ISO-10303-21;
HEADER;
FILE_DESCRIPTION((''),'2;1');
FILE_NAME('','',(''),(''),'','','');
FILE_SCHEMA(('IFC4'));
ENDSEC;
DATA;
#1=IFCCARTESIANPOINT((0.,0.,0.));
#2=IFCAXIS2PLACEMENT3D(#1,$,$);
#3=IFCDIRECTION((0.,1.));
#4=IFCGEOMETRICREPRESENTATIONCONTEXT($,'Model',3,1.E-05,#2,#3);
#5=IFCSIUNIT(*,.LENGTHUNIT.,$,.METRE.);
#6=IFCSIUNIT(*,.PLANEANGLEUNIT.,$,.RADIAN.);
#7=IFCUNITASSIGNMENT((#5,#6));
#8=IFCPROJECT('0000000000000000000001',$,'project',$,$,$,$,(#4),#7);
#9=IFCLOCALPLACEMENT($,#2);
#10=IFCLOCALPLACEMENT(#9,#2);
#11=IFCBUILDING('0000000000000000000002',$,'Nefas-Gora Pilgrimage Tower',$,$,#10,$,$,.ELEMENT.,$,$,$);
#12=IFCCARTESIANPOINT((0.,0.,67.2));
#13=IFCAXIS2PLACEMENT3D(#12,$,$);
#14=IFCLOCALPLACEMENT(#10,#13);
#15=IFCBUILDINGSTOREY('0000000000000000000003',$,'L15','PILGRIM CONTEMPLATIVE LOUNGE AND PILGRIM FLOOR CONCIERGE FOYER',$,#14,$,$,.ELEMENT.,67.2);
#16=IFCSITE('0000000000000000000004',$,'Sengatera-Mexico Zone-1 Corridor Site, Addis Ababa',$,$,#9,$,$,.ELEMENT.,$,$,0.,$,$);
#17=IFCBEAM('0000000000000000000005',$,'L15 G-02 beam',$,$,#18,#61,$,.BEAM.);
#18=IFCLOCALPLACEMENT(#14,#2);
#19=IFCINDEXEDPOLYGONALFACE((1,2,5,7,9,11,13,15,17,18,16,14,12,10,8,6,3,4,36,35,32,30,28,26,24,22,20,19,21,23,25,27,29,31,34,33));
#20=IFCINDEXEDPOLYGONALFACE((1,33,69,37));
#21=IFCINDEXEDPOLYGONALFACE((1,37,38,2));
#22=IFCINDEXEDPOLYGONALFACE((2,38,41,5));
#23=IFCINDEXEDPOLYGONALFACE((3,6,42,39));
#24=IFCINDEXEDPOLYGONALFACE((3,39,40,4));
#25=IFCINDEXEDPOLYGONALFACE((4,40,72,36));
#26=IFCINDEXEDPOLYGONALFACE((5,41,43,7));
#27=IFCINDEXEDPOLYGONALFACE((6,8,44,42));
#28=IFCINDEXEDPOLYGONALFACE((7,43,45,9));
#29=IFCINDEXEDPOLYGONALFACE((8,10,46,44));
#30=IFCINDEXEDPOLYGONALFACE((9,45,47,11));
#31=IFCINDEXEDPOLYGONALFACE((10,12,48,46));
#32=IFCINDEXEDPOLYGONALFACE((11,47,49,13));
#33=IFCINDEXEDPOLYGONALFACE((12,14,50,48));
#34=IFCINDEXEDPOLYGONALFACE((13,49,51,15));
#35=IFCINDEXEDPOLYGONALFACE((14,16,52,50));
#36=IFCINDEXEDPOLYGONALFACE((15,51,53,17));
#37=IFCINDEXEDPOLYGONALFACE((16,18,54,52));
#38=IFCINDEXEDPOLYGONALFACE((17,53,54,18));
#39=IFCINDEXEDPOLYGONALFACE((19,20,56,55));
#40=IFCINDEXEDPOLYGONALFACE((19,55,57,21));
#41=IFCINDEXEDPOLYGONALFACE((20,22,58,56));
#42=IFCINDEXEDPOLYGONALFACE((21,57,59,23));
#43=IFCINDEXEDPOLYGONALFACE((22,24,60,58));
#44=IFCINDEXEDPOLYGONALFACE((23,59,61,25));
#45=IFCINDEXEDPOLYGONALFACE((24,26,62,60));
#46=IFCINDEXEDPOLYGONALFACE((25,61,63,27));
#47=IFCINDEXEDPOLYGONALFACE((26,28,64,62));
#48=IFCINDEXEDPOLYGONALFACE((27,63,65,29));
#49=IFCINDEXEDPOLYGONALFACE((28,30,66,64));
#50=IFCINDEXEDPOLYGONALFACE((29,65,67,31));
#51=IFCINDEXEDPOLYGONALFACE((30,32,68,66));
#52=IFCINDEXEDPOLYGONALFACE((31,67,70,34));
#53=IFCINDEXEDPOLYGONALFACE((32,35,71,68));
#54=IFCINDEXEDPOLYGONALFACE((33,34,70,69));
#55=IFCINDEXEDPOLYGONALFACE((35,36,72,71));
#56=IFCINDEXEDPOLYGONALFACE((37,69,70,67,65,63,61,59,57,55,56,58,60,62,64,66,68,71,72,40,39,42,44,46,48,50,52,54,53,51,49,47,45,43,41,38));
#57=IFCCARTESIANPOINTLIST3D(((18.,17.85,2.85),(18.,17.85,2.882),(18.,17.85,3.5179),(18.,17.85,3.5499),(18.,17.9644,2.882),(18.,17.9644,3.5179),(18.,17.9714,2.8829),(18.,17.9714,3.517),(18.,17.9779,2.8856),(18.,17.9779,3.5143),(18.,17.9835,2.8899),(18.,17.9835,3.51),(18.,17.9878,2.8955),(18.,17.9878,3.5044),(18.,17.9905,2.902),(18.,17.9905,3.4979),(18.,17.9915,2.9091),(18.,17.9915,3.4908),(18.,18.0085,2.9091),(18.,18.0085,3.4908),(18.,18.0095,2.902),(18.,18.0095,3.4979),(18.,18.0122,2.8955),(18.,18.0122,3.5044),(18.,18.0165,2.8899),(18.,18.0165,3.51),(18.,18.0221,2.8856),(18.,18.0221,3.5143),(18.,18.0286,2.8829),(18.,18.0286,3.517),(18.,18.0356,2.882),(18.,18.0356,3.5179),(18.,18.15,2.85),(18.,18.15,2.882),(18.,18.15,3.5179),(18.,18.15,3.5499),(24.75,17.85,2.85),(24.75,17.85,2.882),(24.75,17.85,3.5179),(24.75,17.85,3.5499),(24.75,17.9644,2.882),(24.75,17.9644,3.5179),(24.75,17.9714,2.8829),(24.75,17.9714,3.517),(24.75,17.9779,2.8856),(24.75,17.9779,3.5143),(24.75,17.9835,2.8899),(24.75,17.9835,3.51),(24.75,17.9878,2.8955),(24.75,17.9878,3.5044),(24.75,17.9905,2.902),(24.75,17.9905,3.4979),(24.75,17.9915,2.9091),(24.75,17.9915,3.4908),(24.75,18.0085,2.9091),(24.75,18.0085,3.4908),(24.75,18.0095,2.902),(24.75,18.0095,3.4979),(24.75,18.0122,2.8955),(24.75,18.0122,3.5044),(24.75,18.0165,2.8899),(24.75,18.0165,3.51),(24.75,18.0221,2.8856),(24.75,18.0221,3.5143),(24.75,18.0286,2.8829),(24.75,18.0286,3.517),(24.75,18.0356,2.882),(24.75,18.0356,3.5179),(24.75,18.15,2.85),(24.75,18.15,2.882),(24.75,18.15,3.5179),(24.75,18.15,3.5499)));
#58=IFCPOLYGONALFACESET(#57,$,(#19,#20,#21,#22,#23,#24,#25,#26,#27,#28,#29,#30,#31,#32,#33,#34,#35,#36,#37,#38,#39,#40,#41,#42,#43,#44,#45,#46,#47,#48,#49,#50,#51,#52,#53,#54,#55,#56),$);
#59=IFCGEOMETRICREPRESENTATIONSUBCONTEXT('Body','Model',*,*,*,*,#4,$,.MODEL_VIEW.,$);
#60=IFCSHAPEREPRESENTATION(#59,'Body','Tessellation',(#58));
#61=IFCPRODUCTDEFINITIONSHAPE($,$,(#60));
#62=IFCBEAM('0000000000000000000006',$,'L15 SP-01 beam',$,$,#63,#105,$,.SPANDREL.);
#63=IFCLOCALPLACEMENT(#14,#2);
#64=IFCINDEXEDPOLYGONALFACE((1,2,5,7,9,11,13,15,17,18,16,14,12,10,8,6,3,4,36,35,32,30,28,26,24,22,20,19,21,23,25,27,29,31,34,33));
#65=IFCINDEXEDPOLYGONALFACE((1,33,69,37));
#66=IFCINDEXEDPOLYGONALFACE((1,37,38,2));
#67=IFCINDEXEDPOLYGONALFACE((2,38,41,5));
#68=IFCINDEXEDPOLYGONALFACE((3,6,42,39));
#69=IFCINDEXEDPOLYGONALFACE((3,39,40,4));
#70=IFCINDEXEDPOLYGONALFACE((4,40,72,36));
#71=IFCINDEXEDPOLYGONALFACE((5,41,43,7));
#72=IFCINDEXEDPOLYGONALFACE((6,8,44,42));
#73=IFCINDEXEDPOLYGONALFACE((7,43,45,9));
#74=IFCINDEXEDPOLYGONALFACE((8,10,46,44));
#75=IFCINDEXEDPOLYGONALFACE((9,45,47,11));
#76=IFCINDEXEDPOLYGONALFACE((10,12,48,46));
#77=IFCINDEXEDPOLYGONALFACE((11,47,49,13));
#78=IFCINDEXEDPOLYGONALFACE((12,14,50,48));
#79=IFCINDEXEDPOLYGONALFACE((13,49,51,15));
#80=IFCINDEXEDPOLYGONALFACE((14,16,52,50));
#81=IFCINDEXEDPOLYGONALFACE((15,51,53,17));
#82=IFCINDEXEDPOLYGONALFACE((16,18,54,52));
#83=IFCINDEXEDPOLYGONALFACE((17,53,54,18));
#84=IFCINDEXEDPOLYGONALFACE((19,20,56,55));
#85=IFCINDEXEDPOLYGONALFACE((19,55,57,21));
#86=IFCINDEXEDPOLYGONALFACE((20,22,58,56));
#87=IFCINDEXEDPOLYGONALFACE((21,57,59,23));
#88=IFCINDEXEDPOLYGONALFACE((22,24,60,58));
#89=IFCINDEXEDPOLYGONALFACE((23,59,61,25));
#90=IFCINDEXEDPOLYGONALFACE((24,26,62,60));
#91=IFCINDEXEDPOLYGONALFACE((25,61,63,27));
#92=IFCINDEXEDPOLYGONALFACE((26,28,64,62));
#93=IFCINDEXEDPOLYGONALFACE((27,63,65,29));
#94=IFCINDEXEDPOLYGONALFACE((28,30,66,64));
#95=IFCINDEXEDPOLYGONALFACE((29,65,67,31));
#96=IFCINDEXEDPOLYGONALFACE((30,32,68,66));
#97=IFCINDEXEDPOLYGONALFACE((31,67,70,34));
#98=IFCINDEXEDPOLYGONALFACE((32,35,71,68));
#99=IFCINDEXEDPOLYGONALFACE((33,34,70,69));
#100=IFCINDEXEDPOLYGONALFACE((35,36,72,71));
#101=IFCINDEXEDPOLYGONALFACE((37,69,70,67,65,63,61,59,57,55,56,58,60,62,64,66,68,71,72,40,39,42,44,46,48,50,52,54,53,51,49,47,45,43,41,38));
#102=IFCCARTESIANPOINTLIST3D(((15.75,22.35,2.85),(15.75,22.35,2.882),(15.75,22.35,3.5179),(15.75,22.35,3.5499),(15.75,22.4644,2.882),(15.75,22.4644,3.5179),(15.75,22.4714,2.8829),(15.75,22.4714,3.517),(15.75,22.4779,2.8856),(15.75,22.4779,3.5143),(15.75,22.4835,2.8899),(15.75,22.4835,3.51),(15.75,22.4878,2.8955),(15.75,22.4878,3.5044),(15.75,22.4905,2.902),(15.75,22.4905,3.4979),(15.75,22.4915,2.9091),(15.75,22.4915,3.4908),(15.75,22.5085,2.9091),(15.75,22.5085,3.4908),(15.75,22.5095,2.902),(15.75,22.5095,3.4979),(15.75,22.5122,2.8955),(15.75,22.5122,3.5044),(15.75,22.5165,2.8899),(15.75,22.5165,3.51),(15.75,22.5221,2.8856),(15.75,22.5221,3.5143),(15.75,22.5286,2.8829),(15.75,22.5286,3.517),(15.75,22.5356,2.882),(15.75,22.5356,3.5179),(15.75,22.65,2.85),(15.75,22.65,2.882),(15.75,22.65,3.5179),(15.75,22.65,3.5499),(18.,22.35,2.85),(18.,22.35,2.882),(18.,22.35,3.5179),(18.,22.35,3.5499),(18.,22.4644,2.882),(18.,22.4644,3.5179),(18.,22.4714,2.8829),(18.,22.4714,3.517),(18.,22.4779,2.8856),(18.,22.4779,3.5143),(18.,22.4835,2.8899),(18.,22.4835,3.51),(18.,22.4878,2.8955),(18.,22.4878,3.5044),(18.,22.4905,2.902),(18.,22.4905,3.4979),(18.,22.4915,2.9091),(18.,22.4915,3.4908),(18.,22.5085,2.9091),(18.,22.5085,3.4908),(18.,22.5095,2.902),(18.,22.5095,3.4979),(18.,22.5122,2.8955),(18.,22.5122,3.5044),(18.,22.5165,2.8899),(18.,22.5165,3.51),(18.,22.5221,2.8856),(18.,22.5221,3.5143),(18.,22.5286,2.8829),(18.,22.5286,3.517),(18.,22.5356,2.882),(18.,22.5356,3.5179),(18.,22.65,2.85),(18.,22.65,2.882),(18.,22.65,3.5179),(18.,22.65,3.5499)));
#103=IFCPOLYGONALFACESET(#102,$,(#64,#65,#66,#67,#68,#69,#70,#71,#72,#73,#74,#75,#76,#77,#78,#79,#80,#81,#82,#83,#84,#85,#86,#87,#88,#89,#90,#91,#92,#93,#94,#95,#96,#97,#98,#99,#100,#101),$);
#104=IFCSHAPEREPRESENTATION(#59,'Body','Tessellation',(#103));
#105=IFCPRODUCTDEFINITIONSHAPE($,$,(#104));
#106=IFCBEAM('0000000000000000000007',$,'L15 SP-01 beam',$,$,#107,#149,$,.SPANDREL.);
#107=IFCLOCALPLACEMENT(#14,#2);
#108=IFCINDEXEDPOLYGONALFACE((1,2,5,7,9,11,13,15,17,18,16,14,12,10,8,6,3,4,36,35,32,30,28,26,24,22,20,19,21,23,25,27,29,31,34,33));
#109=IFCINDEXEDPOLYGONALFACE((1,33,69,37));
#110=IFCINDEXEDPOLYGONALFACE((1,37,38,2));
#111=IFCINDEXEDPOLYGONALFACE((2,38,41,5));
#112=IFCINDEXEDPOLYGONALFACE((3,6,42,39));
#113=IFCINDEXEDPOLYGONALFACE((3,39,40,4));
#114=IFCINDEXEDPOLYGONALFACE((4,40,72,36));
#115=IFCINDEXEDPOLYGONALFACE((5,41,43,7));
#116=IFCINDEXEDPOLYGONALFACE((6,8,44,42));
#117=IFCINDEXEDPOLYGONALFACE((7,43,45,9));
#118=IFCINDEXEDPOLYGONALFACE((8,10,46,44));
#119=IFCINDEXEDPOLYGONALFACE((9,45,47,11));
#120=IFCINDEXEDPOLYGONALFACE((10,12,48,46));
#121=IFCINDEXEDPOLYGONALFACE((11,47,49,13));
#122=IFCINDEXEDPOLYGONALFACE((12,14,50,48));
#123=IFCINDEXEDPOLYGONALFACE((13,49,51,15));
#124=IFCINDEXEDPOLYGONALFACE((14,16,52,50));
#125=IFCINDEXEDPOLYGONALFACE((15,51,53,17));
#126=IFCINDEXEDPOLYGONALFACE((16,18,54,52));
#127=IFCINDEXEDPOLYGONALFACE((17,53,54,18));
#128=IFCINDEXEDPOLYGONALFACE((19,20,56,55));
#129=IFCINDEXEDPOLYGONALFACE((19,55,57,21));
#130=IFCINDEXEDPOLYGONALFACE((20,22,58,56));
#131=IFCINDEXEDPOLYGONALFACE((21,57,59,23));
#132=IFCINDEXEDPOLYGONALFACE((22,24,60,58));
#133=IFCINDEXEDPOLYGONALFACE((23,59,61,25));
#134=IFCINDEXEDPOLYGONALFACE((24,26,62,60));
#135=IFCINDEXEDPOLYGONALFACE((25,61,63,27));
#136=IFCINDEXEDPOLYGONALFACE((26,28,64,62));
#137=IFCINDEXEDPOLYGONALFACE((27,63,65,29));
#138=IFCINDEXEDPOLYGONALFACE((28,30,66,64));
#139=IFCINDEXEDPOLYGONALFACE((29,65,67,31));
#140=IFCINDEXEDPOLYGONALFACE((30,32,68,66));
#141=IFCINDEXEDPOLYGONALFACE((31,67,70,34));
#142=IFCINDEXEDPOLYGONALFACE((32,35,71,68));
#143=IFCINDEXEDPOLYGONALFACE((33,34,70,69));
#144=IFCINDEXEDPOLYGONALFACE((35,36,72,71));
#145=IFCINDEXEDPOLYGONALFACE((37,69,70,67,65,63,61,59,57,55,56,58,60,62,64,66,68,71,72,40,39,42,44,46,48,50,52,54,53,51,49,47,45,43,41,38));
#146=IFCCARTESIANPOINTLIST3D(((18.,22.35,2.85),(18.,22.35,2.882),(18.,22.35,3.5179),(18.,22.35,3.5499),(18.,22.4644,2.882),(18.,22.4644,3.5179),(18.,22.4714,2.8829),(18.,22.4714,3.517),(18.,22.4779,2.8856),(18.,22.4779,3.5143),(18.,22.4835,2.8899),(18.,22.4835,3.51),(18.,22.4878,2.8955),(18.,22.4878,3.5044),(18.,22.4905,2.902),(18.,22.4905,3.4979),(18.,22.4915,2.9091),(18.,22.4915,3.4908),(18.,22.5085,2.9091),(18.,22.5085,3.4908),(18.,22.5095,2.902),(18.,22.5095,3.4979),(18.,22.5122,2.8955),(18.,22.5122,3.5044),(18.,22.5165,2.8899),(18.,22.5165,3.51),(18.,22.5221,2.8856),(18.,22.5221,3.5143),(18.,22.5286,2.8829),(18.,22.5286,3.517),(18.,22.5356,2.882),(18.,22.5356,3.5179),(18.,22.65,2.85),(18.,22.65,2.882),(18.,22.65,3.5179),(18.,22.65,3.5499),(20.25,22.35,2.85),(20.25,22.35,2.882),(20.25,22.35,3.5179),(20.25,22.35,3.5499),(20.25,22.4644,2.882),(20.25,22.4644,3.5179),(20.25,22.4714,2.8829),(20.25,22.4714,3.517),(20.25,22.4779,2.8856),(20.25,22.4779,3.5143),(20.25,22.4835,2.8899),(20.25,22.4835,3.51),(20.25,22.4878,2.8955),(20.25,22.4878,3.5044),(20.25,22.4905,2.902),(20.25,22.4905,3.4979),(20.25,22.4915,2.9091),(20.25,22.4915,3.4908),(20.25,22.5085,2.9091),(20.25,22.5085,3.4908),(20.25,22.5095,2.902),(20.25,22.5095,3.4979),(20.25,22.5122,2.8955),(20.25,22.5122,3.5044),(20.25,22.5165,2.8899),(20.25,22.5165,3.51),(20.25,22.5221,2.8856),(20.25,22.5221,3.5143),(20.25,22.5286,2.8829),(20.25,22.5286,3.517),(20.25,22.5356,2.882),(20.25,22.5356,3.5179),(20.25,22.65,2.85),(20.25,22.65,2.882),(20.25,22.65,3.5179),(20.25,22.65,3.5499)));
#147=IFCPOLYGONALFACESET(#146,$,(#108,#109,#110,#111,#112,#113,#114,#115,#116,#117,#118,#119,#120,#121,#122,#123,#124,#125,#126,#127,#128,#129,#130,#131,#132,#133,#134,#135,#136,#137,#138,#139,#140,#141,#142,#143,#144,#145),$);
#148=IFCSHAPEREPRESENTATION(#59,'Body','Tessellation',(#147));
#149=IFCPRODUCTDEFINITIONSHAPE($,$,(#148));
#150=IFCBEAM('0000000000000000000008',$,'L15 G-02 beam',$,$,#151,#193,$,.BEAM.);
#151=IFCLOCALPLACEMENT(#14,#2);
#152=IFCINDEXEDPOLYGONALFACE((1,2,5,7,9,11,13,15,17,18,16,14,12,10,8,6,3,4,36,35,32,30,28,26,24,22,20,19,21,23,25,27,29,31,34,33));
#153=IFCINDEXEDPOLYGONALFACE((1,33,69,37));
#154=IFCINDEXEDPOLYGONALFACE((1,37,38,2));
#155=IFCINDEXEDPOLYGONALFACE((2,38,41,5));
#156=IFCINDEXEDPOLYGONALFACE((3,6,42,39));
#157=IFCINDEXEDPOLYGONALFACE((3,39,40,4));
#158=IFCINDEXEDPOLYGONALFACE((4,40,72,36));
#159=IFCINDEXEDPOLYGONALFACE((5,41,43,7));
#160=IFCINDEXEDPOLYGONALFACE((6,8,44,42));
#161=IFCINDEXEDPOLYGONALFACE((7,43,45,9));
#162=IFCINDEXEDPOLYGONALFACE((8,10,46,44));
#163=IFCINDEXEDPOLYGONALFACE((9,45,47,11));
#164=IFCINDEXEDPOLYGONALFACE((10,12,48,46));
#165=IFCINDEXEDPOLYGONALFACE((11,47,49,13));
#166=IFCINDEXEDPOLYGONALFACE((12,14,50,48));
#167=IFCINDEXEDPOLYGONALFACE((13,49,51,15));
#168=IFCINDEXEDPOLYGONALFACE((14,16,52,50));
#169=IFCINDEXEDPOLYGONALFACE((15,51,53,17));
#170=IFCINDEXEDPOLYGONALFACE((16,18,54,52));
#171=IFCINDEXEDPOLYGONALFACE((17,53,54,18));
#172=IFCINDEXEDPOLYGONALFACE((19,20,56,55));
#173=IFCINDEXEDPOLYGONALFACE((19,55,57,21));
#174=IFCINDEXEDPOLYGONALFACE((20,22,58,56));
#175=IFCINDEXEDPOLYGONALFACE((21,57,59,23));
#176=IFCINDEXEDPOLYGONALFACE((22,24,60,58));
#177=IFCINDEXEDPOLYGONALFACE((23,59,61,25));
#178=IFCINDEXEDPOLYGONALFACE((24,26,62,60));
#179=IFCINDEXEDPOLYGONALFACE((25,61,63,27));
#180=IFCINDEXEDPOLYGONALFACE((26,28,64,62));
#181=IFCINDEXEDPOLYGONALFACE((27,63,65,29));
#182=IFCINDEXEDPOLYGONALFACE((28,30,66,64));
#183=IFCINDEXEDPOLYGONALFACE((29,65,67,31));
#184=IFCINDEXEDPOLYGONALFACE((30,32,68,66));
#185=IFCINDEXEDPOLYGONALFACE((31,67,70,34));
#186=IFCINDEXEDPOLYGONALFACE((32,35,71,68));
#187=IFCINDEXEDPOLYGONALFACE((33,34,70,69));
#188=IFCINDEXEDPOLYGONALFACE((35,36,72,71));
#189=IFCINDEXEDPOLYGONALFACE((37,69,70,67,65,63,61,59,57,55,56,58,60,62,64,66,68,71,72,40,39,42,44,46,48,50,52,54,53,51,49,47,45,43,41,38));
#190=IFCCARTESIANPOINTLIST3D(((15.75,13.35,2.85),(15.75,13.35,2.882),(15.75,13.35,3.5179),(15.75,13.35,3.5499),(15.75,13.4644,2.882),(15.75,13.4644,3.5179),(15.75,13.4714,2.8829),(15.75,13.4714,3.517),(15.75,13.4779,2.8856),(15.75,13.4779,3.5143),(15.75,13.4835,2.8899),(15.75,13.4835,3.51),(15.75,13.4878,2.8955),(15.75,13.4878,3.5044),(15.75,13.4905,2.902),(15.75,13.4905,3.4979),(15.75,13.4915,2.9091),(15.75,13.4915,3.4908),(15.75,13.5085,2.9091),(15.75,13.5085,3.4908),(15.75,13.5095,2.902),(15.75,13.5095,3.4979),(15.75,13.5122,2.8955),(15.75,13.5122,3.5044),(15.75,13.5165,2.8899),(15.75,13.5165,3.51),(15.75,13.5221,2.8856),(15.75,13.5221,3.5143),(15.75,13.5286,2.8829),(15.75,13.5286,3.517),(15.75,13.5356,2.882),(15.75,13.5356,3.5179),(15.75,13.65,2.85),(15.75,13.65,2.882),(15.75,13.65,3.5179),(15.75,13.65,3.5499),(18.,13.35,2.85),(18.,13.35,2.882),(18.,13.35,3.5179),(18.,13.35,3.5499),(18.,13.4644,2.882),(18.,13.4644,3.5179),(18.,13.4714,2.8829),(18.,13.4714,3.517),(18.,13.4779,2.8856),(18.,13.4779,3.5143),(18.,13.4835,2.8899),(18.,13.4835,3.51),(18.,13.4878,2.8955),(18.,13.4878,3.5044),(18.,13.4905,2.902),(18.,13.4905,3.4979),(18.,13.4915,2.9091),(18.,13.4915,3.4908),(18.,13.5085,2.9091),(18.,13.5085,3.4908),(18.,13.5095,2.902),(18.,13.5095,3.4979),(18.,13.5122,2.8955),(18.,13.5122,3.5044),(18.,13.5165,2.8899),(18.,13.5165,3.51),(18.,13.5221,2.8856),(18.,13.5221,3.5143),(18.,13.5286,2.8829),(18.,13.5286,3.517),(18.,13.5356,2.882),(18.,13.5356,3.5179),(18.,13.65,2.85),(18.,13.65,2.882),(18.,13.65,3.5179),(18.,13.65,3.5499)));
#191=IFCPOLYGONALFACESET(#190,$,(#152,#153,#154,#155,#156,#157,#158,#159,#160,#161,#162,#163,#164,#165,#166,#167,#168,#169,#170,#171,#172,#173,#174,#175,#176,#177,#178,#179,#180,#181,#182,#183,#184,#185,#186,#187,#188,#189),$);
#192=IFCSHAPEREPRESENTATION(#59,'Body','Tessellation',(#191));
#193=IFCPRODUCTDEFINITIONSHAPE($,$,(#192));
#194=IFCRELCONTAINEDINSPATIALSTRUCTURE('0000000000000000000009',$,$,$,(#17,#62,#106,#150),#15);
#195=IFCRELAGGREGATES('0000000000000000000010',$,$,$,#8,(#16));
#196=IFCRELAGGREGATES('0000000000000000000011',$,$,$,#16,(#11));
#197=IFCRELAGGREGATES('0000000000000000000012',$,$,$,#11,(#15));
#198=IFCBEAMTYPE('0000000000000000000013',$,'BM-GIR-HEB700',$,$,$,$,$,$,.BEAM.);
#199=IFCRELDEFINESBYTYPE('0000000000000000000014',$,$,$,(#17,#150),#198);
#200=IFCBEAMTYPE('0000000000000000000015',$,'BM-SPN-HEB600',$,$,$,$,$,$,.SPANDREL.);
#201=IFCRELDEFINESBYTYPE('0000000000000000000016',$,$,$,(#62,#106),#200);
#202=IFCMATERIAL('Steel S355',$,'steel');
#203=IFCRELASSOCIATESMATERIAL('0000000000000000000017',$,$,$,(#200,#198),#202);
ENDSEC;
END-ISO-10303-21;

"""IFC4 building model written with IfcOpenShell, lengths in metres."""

from ifc_helpers import new_model, si_unit, direction, frame, origin, origin_2d, place, context, subcontext, project, spatial, i_section, extrude, source, transform, mapped, material, material_profile, profile_set, type_object, element, save


model = new_model("IFC4")

# Units and contexts
model_context = context("Model", 3, precision=1e-05, world=origin(), true_north=direction((0.0, 1.0)))
body_context = subcontext(model_context, "Body", "Model", "MODEL_VIEW")
ifc_project = project(units=[si_unit("LENGTHUNIT", "METRE"), si_unit("PLANEANGLEUNIT", "RADIAN")], contexts=[model_context])

# Site, building, storey
site_placement = place(None, origin())
site = spatial("IfcSite", under=ifc_project, at=site_placement, Name="Sengatera-Mexico Zone-1 Corridor Site, Addis Ababa", CompositionType="ELEMENT", RefElevation=0.0)
building_placement = place(site_placement, origin())
building = spatial("IfcBuilding", under=site, at=building_placement, Name="Nefas-Gora Pilgrimage Tower", CompositionType="ELEMENT")
storey_placement = place(building_placement, frame((0.0, 0.0, 67.2)))
storey = spatial("IfcBuildingStorey", under=building, at=storey_placement, Name="L15", Description="PILGRIM CONTEMPLATIVE LOUNGE AND PILGRIM FLOOR CONCIERGE FOYER", CompositionType="ELEMENT", Elevation=67.2)

# Beams
ifc_material_1 = material(Name="Steel S355", Category="steel")
ifc_material_profile_1 = material_profile(ifc_material_1, i_section(OverallWidth=0.3, OverallDepth=0.7, WebThickness=0.0171, FlangeThickness=0.032, FilletRadius=0.0271, at=origin_2d()), Name="HEB 700")
ifc_profile_set_1 = profile_set([ifc_material_profile_1], Name="Steel S355")
beam_type_1 = type_object("IfcBeamType", Name="BM-SPN-HEB600", PredefinedType="SPANDREL", material=ifc_profile_set_1)
ifc_material_profile_2 = material_profile(ifc_material_1, i_section(OverallWidth=0.3, OverallDepth=0.7, WebThickness=0.0171, FlangeThickness=0.032, FilletRadius=0.0271, at=origin_2d()), Name="HEB 700")
ifc_profile_set_2 = profile_set([ifc_material_profile_2], Name="Steel S355")
beam_type_2 = type_object("IfcBeamType", Name="BM-GIR-HEB700", PredefinedType="BEAM", material=ifc_profile_set_2)
shared_shape_1 = source(origin(), body_context, "Body", "SweptSolid", [
    extrude(i_section(OverallWidth=0.3, OverallDepth=0.7, WebThickness=0.0171, FlangeThickness=0.032, FilletRadius=0.0271, at=origin_2d()), origin(), (0.0, 0.0, 1.0), 6.75),
])
for number, where, z_axis, x_axis, name in (
    (1, (18.0, 18.0, 3.2), (1.0, 0.0, 0.0), (0.0, 1.0, 0.0), "L15 G-02 beam"),
):
    element("IfcBeam", number, at=place(storey_placement, frame(where, z_axis=z_axis, x_axis=x_axis)), inside=storey, type_object=beam_type_2, Name=name, PredefinedType="BEAM", context=body_context, shape_type="MappedRepresentation", body=[
        mapped(shared_shape_1, transform((0.0, 0.0, 0.0), x_axis=(1.0, 0.0, 0.0), y_axis=(0.0, 1.0, 0.0), z_axis=(0.0, 0.0, 1.0), scale=1.0)),
    ])
shared_shape_2 = source(origin(), body_context, "Body", "SweptSolid", [
    extrude(i_section(OverallWidth=0.3, OverallDepth=0.7, WebThickness=0.0171, FlangeThickness=0.032, FilletRadius=0.0271, at=origin_2d()), origin(), (0.0, 0.0, 1.0), 2.25),
])
for number, where, z_axis, x_axis, name in (
    (2, (15.75, 22.5, 3.2), (1.0, 0.0, 0.0), (0.0, 1.0, 0.0), "L15 SP-01 beam"),
    (3, (18.0, 22.5, 3.2), (1.0, 0.0, 0.0), (0.0, 1.0, 0.0), "L15 SP-01 beam"),
):
    element("IfcBeam", number, at=place(storey_placement, frame(where, z_axis=z_axis, x_axis=x_axis)), inside=storey, type_object=beam_type_1, Name=name, PredefinedType="SPANDREL", context=body_context, shape_type="MappedRepresentation", body=[
        mapped(shared_shape_2, transform((0.0, 0.0, 0.0), x_axis=(1.0, 0.0, 0.0), y_axis=(0.0, 1.0, 0.0), z_axis=(0.0, 0.0, 1.0), scale=1.0)),
    ])
shared_shape_3 = source(origin(), body_context, "Body", "SweptSolid", [
    extrude(i_section(OverallWidth=0.3, OverallDepth=0.7, WebThickness=0.0171, FlangeThickness=0.032, FilletRadius=0.0271, at=origin_2d()), origin(), (0.0, 0.0, 1.0), 2.25),
])
beam_1_placement = place(storey_placement, frame((15.75, 13.5, 3.2), z_axis=(1.0, 0.0, 0.0), x_axis=(0.0, 1.0, 0.0)))
element("IfcBeam", 4, at=beam_1_placement, inside=storey, type_object=beam_type_2, Name="L15 G-02 beam", PredefinedType="BEAM", context=body_context, shape_type="MappedRepresentation", body=[
    mapped(shared_shape_3, transform((0.0, 0.0, 0.0), x_axis=(1.0, 0.0, 0.0), y_axis=(0.0, 1.0, 0.0), z_axis=(0.0, 0.0, 1.0), scale=1.0)),
])

save(model, "model.ifc")
